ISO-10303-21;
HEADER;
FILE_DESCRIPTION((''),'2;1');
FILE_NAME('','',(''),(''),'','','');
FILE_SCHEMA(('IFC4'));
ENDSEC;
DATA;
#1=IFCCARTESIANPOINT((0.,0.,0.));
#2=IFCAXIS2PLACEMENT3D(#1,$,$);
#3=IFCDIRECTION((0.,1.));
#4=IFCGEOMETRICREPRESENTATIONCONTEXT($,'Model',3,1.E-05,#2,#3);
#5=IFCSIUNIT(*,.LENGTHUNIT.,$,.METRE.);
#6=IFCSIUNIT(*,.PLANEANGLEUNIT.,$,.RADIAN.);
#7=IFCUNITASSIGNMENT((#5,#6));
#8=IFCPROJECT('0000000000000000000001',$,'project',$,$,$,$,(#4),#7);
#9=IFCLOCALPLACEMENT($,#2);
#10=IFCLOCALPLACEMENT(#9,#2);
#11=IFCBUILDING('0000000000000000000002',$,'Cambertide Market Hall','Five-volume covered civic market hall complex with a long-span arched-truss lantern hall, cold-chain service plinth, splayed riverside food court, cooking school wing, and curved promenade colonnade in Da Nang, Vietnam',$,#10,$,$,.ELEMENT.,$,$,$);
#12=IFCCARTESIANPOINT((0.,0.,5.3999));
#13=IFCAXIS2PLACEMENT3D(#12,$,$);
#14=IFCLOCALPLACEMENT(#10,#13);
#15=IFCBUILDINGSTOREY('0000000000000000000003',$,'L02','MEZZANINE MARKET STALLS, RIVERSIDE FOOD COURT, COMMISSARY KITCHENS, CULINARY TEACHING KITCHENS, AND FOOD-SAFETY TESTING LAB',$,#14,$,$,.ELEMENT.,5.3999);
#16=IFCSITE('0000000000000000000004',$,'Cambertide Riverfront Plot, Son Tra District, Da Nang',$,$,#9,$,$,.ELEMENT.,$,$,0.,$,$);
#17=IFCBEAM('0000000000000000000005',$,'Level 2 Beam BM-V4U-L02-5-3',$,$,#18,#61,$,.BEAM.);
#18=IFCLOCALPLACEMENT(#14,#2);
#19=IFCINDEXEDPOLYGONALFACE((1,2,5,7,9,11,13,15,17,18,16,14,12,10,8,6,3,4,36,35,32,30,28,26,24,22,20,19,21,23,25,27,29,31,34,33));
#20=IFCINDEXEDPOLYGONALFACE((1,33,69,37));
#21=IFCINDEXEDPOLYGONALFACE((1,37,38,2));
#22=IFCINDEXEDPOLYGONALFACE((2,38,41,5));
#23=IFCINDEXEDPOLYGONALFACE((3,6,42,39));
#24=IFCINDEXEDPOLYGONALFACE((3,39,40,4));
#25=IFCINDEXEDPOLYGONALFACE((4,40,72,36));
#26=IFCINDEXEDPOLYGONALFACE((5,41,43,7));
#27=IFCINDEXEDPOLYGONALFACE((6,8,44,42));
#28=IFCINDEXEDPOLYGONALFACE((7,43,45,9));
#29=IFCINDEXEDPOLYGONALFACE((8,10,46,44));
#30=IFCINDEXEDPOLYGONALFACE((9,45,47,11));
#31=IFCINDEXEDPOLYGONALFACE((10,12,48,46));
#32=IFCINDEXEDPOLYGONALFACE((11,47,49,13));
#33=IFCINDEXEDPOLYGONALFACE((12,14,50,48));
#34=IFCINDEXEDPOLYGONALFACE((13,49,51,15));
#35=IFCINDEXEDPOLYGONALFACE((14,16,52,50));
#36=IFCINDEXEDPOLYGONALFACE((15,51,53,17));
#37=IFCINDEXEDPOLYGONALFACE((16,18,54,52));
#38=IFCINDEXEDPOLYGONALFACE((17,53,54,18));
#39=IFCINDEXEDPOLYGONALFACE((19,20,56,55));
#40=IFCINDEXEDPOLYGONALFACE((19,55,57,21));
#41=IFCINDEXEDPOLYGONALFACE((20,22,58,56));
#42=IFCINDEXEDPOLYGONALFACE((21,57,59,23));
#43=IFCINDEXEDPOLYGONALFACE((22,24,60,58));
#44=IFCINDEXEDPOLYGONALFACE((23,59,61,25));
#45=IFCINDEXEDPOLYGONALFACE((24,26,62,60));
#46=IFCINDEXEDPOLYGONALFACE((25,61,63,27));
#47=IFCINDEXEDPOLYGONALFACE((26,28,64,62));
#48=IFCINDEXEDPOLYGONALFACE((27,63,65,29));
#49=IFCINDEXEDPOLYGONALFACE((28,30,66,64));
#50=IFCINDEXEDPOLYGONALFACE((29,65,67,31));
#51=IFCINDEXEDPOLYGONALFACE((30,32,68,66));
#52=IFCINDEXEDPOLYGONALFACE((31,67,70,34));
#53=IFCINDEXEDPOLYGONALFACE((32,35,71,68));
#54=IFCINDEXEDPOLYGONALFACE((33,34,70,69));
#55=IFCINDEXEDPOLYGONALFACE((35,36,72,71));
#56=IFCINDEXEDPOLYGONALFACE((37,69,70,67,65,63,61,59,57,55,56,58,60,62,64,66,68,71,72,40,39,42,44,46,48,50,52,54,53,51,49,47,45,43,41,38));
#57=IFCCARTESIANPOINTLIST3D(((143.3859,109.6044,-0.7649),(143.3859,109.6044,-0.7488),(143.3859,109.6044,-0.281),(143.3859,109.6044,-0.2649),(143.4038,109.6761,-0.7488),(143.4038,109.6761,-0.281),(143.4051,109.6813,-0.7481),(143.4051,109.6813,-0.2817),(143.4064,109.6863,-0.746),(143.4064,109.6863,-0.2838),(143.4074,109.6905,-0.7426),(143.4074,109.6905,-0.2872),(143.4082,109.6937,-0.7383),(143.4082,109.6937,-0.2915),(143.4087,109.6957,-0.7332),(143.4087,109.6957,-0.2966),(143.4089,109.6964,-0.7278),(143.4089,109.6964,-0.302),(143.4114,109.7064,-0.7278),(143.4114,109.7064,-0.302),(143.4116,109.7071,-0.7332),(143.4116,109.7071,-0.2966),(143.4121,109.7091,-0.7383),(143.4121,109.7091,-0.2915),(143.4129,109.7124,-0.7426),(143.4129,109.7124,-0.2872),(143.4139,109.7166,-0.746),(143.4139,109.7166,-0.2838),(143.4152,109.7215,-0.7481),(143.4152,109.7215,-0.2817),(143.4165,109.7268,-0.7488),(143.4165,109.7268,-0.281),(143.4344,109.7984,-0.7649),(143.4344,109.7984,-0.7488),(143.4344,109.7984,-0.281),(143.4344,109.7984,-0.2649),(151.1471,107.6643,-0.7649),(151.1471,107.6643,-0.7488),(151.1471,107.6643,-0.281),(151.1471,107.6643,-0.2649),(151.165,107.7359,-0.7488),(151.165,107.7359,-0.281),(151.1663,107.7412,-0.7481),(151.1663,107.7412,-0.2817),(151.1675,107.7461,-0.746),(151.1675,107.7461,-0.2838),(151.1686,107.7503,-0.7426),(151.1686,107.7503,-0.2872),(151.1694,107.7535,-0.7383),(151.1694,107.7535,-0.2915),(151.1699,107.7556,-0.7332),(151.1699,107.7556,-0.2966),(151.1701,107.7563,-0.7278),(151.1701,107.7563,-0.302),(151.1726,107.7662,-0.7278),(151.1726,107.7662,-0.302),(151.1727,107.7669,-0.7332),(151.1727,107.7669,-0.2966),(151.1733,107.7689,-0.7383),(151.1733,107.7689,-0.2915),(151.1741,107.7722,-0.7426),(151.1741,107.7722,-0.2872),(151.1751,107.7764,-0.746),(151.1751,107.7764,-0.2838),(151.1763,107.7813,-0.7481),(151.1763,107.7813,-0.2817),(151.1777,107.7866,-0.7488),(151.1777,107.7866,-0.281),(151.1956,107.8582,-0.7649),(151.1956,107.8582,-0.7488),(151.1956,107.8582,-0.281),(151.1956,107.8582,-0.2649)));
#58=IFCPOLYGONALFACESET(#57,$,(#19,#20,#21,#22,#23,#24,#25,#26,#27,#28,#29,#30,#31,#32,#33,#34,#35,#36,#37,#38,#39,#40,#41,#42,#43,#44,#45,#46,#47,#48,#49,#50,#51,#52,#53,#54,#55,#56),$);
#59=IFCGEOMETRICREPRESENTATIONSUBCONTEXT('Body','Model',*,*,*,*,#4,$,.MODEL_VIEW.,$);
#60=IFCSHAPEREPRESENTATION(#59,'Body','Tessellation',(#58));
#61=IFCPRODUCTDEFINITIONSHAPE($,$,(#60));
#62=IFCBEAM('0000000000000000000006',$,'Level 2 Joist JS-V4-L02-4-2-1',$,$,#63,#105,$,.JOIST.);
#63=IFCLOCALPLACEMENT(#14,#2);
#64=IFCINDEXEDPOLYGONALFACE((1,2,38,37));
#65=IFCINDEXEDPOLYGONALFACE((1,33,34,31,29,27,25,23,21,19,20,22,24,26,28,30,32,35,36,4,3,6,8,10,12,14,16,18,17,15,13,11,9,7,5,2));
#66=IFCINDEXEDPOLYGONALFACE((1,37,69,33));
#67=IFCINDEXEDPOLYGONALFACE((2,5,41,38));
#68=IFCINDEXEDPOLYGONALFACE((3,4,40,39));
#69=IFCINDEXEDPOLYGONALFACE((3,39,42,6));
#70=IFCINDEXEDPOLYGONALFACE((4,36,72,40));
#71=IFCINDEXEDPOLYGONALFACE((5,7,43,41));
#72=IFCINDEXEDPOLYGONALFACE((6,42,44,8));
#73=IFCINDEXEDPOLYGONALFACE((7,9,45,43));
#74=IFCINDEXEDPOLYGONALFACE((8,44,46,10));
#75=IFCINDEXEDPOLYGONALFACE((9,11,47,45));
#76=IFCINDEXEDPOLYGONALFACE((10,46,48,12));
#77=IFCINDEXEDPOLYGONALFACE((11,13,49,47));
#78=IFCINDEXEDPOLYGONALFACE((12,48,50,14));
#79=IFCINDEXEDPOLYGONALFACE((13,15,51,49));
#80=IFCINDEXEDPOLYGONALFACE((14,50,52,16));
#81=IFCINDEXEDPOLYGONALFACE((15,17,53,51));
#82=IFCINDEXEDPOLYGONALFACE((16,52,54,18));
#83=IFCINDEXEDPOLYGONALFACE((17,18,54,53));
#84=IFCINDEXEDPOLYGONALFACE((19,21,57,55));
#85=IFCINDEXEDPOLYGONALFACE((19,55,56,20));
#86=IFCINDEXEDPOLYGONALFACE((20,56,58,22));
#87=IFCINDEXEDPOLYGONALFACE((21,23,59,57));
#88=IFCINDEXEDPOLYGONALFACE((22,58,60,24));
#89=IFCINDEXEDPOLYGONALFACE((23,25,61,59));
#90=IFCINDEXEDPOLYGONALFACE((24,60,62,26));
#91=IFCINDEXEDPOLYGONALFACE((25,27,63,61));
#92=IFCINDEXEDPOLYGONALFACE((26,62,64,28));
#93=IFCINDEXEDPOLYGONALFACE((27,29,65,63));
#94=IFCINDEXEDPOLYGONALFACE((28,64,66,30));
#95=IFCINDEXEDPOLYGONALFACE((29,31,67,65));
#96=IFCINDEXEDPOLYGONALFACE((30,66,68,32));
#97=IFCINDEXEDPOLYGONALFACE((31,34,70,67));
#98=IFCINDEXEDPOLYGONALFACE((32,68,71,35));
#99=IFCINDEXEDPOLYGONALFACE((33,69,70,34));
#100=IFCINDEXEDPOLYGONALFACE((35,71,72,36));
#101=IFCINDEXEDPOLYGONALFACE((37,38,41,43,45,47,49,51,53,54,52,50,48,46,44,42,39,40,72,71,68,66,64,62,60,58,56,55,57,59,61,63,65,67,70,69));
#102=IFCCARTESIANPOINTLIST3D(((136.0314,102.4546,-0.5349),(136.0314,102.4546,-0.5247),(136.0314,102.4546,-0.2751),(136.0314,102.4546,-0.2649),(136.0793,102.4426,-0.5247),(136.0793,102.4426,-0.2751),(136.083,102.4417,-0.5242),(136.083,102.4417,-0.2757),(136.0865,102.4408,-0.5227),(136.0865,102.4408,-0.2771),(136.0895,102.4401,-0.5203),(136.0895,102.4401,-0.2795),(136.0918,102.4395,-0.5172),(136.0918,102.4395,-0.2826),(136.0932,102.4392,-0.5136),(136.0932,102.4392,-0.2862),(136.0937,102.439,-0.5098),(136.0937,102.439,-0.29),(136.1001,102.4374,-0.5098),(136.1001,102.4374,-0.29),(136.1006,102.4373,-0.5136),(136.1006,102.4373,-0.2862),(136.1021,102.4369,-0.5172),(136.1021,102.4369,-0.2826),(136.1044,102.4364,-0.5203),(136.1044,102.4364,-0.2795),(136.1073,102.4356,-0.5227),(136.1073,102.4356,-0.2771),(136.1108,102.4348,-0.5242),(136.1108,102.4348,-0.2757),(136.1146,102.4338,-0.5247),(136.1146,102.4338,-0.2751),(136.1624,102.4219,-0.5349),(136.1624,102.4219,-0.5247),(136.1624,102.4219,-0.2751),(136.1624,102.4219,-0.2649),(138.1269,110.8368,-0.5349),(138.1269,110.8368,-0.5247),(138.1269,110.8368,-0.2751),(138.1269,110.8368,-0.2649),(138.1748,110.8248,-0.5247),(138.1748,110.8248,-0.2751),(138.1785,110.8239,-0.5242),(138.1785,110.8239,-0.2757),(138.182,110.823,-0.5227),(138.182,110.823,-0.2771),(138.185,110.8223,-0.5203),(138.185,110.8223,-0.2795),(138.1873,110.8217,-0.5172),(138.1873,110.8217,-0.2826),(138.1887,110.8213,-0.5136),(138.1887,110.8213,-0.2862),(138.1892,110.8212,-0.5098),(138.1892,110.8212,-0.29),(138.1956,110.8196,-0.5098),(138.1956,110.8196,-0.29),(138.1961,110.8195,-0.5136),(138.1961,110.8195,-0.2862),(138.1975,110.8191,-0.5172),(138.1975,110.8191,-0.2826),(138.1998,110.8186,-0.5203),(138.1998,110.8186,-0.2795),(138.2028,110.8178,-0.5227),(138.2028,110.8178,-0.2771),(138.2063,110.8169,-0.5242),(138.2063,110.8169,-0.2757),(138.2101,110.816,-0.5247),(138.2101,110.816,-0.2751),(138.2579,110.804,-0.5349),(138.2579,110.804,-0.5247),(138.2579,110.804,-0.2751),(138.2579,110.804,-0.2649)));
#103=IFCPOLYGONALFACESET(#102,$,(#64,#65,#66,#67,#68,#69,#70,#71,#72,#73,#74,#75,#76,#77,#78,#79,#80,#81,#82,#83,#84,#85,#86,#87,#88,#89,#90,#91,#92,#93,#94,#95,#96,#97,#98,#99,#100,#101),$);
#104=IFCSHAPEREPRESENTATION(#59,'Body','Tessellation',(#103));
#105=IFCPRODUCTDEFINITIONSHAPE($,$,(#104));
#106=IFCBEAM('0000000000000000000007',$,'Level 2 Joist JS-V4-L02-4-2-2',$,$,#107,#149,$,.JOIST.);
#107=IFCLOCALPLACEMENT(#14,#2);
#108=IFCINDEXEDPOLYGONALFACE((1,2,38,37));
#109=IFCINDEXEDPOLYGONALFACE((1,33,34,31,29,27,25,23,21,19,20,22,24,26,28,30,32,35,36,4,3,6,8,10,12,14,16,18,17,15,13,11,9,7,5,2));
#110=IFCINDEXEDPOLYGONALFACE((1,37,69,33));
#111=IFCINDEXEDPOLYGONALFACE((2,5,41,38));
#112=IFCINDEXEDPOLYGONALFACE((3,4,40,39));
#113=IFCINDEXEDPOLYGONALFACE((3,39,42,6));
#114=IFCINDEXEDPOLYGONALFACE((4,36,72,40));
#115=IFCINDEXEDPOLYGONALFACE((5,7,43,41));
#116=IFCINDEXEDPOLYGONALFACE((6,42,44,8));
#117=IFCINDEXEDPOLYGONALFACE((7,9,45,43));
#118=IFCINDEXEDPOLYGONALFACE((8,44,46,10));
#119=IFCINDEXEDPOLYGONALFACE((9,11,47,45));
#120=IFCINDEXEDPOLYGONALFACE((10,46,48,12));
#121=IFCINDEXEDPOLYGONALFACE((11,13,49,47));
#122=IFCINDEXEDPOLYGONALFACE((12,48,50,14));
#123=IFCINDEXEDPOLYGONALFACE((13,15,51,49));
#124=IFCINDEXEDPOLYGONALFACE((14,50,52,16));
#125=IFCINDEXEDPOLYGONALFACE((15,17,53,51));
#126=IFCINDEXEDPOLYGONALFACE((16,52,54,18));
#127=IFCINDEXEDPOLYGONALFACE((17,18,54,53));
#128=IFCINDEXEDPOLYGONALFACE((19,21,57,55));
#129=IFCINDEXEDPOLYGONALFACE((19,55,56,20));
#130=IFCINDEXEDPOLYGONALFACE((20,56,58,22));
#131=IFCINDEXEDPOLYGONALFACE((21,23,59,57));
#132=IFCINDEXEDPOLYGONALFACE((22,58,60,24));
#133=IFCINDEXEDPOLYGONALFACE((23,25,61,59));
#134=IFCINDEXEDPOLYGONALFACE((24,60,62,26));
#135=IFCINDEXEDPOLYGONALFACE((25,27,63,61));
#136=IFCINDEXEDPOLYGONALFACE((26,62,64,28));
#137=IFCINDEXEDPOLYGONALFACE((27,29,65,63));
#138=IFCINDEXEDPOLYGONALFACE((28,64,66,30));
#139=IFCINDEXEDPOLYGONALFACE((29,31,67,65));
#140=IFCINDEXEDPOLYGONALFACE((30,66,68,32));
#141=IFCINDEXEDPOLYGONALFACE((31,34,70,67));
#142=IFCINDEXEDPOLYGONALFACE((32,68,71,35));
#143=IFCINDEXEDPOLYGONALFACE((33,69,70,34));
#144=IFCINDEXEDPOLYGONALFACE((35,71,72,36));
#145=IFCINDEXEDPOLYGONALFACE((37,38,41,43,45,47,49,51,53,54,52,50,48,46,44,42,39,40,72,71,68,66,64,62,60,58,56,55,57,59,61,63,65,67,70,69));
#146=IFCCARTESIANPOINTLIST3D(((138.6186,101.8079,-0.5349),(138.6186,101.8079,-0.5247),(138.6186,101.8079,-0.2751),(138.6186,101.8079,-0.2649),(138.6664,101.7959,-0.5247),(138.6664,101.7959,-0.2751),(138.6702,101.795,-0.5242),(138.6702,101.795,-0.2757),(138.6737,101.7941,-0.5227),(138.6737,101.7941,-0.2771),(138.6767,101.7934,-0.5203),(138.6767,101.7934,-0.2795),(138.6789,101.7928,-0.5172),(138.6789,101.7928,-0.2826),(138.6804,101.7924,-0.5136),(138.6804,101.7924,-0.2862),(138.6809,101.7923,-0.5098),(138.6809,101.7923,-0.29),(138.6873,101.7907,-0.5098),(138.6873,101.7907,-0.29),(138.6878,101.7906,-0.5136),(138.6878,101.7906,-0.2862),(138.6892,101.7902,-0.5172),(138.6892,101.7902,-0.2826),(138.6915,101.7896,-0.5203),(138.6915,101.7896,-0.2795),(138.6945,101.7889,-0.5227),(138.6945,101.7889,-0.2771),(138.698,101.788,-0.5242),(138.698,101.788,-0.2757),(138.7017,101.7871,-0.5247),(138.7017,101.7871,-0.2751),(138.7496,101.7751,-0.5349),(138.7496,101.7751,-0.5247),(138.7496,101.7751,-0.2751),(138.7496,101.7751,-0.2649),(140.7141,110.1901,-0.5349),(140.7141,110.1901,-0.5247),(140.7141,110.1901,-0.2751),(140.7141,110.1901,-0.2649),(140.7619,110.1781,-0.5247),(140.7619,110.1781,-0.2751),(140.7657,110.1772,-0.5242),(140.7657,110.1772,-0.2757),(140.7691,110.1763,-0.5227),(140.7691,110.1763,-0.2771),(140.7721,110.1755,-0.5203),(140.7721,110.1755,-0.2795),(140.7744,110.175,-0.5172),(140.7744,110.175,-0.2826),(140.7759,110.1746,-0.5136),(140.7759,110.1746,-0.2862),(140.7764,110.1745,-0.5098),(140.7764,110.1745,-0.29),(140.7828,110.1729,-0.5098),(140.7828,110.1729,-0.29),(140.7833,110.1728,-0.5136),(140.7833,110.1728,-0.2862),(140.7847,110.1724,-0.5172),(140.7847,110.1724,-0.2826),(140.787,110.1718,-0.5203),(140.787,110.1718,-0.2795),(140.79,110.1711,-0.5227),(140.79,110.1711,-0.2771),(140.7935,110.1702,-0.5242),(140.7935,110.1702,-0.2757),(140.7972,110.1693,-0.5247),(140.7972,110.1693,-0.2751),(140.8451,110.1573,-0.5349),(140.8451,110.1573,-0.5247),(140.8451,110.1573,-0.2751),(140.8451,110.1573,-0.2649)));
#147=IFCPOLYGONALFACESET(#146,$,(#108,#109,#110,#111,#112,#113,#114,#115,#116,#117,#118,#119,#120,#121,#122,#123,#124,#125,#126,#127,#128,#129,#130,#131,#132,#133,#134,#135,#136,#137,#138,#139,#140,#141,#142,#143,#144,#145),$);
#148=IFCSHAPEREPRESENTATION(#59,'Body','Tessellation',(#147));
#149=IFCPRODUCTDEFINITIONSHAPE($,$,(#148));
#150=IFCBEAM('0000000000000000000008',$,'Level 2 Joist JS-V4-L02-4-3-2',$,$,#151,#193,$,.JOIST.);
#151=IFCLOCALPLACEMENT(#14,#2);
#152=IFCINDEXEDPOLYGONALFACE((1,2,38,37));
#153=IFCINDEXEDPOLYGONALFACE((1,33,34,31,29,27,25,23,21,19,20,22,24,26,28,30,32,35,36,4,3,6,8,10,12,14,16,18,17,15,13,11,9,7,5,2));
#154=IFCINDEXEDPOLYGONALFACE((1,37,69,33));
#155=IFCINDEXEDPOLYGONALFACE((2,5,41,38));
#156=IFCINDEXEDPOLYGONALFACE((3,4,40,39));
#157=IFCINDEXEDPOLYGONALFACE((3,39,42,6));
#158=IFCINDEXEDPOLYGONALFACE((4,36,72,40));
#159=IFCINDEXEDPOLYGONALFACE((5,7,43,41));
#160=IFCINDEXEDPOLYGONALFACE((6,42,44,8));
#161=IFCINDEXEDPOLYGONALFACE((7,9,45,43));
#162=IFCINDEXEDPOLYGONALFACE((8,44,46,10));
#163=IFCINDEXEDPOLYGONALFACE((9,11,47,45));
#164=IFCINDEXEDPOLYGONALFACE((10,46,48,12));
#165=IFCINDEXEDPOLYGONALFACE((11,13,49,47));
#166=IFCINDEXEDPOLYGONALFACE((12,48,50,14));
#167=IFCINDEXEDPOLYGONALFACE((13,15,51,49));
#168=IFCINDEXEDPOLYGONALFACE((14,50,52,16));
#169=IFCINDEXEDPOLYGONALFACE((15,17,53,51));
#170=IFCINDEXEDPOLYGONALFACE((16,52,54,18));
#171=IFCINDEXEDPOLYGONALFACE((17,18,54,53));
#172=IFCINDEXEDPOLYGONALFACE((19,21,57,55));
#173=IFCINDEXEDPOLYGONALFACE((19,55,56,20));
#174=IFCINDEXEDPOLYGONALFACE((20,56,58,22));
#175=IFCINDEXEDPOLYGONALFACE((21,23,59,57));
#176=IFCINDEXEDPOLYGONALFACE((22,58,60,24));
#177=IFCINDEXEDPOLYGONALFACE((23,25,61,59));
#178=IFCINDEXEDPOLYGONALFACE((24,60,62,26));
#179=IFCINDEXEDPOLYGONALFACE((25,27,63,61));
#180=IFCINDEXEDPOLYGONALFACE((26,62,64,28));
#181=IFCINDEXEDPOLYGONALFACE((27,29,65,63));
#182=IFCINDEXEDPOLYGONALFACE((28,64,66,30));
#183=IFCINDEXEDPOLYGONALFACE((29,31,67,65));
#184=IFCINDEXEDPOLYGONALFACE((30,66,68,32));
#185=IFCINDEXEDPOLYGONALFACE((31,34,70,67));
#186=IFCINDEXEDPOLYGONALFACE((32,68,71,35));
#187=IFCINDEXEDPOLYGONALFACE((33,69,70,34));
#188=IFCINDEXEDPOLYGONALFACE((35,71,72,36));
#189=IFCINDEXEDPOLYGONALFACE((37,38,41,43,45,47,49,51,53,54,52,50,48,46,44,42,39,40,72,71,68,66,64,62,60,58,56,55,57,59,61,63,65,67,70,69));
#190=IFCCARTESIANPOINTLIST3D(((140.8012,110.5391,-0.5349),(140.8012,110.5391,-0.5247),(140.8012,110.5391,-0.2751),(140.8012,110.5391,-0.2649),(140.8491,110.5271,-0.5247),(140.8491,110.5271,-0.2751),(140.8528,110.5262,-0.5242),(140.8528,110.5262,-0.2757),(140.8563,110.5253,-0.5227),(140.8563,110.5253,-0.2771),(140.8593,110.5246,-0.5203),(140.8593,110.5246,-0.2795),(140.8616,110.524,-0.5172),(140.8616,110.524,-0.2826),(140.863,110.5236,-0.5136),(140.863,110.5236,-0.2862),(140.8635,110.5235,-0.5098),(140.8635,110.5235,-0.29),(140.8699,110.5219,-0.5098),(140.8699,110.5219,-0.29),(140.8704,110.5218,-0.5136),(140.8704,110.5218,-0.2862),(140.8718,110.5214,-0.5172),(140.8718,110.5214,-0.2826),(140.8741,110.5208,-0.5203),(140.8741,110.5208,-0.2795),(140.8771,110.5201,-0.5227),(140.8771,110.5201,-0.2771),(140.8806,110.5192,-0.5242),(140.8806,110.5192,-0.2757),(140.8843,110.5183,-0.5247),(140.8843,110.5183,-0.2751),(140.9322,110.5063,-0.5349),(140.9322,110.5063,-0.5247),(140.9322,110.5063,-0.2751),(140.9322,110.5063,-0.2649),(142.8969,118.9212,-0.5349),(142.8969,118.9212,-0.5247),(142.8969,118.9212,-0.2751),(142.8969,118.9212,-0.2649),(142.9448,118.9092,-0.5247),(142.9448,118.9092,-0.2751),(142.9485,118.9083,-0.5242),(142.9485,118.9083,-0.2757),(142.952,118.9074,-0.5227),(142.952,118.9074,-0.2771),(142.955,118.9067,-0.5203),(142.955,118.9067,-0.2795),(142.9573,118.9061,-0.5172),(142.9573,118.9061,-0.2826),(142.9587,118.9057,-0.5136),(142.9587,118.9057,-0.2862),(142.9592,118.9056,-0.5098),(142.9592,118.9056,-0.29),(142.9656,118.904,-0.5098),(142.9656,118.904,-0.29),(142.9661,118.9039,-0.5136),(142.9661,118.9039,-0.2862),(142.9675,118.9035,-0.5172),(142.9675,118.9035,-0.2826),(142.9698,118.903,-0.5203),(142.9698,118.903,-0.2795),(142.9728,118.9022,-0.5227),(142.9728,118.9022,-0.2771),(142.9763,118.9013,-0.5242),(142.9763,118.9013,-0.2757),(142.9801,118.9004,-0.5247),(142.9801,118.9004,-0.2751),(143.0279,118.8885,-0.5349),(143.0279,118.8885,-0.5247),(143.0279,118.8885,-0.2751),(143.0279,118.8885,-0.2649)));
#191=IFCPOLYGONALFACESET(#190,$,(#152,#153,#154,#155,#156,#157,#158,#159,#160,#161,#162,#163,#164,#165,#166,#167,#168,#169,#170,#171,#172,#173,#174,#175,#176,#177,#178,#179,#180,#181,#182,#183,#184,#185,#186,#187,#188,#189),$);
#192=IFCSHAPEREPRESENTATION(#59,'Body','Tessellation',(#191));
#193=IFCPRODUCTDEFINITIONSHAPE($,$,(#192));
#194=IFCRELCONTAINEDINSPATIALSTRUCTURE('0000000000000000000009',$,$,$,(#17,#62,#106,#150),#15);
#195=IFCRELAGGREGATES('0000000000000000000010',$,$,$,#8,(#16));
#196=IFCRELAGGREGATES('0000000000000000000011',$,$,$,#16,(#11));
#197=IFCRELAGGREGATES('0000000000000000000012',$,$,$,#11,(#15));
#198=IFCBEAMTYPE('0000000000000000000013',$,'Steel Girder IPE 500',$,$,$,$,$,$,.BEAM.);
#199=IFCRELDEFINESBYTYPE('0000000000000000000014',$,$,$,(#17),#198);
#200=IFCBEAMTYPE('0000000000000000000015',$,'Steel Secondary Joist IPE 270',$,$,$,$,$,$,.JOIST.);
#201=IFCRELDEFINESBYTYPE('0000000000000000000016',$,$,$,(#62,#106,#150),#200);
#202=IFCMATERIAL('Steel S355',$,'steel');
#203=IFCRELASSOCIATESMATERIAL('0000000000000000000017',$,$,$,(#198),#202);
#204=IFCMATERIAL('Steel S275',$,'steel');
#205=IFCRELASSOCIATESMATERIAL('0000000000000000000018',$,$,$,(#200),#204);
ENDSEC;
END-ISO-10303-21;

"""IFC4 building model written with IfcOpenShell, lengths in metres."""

from ifc_helpers import new_model, si_unit, direction, frame, origin, origin_2d, place, context, subcontext, project, spatial, i_section, extrude, material, material_profile, profile_set, type_object, element, save


model = new_model("IFC4")

# Units and contexts
model_context = context("Model", 3, precision=1e-05, world=origin(), true_north=direction((0.0, 1.0)))
body_context = subcontext(model_context, "Body", "Model", "MODEL_VIEW")
ifc_project = project(units=[si_unit("LENGTHUNIT", "METRE"), si_unit("PLANEANGLEUNIT", "RADIAN")], contexts=[model_context])

# Site, building, storey
site_placement = place(None, origin())
site = spatial("IfcSite", under=ifc_project, at=site_placement, Name="Cambertide Riverfront Plot, Son Tra District, Da Nang", CompositionType="ELEMENT", RefElevation=0.0)
building_placement = place(site_placement, origin())
building = spatial("IfcBuilding", under=site, at=building_placement, Name="Cambertide Market Hall", Description="Five-volume covered civic market hall complex with a long-span arched-truss lantern hall, cold-chain service plinth, splayed riverside food court, cooking school wing, and curved promenade colonnade in Da Nang, Vietnam", CompositionType="ELEMENT")
storey_placement = place(building_placement, frame((0.0, 0.0, 5.3999)))
storey = spatial("IfcBuildingStorey", under=building, at=storey_placement, Name="L02", Description="MEZZANINE MARKET STALLS, RIVERSIDE FOOD COURT, COMMISSARY KITCHENS, CULINARY TEACHING KITCHENS, AND FOOD-SAFETY TESTING LAB", CompositionType="ELEMENT", Elevation=5.3999)

# Beams
ifc_material_1 = material(Name="Steel S355", Category="steel")
ifc_material_profile_1 = material_profile(ifc_material_1, i_section(OverallWidth=0.2, OverallDepth=0.5, WebThickness=0.0103, FlangeThickness=0.0161, FilletRadius=0.021, at=origin_2d()), Name="IPE 500")
ifc_profile_set_1 = profile_set([ifc_material_profile_1], Name="Steel S355")
beam_type_1 = type_object("IfcBeamType", Name="Steel Girder IPE 500", PredefinedType="BEAM", material=ifc_profile_set_1)
beam_1_placement = place(storey_placement, frame((143.4102, 109.7014, -0.5149), z_axis=(0.970146, -0.242521, 0.0), x_axis=(0.242521, 0.970146, 0.0)))
element("IfcBeam", 1, at=beam_1_placement, inside=storey, type_object=beam_type_1, Name="Level 2 Beam BM-V4U-L02-5-3", PredefinedType="BEAM", context=body_context, shape_type="SweptSolid", body=[
    extrude(i_section(OverallWidth=0.2, OverallDepth=0.5, WebThickness=0.0103, FlangeThickness=0.0161, FilletRadius=0.021, at=origin_2d()), origin(), (0.0, 0.0, 1.0), 8.0),
])
ifc_material_2 = material(Name="Steel S275", Category="steel")
ifc_material_profile_2 = material_profile(ifc_material_2, i_section(OverallWidth=0.135, OverallDepth=0.27, WebThickness=0.0066, FlangeThickness=0.0103, FilletRadius=0.0149, at=origin_2d()), Name="IPE 270")
ifc_profile_set_2 = profile_set([ifc_material_profile_2], Name="Steel S275")
beam_type_2 = type_object("IfcBeamType", Name="Steel Secondary Joist IPE 270", PredefinedType="JOIST", material=ifc_profile_set_2)
for number, where, z_axis, x_axis, name in (
    (2, (136.0969, 102.4382, -0.3999), (0.242529, 0.970144, 0.0), (-0.970144, 0.242529, 0.0), "Level 2 Joist JS-V4-L02-4-2-1"),
    (3, (138.6841, 101.7915, -0.3999), (0.242529, 0.970144, 0.0), (-0.970144, 0.242529, 0.0), "Level 2 Joist JS-V4-L02-4-2-2"),
    (4, (140.8667, 110.5227, -0.3999), (0.242556, 0.970138, 0.0), (-0.970138, 0.242556, 0.0), "Level 2 Joist JS-V4-L02-4-3-2"),
):
    element("IfcBeam", number, at=place(storey_placement, frame(where, z_axis=z_axis, x_axis=x_axis)), inside=storey, type_object=beam_type_2, Name=name, PredefinedType="JOIST", context=body_context, shape_type="SweptSolid", body=[
        extrude(i_section(OverallWidth=0.135, OverallDepth=0.27, WebThickness=0.0066, FlangeThickness=0.0103, FilletRadius=0.0149, at=origin_2d()), origin(), (0.0, 0.0, 1.0), 8.6401),
    ])

save(model, "model.ifc")
